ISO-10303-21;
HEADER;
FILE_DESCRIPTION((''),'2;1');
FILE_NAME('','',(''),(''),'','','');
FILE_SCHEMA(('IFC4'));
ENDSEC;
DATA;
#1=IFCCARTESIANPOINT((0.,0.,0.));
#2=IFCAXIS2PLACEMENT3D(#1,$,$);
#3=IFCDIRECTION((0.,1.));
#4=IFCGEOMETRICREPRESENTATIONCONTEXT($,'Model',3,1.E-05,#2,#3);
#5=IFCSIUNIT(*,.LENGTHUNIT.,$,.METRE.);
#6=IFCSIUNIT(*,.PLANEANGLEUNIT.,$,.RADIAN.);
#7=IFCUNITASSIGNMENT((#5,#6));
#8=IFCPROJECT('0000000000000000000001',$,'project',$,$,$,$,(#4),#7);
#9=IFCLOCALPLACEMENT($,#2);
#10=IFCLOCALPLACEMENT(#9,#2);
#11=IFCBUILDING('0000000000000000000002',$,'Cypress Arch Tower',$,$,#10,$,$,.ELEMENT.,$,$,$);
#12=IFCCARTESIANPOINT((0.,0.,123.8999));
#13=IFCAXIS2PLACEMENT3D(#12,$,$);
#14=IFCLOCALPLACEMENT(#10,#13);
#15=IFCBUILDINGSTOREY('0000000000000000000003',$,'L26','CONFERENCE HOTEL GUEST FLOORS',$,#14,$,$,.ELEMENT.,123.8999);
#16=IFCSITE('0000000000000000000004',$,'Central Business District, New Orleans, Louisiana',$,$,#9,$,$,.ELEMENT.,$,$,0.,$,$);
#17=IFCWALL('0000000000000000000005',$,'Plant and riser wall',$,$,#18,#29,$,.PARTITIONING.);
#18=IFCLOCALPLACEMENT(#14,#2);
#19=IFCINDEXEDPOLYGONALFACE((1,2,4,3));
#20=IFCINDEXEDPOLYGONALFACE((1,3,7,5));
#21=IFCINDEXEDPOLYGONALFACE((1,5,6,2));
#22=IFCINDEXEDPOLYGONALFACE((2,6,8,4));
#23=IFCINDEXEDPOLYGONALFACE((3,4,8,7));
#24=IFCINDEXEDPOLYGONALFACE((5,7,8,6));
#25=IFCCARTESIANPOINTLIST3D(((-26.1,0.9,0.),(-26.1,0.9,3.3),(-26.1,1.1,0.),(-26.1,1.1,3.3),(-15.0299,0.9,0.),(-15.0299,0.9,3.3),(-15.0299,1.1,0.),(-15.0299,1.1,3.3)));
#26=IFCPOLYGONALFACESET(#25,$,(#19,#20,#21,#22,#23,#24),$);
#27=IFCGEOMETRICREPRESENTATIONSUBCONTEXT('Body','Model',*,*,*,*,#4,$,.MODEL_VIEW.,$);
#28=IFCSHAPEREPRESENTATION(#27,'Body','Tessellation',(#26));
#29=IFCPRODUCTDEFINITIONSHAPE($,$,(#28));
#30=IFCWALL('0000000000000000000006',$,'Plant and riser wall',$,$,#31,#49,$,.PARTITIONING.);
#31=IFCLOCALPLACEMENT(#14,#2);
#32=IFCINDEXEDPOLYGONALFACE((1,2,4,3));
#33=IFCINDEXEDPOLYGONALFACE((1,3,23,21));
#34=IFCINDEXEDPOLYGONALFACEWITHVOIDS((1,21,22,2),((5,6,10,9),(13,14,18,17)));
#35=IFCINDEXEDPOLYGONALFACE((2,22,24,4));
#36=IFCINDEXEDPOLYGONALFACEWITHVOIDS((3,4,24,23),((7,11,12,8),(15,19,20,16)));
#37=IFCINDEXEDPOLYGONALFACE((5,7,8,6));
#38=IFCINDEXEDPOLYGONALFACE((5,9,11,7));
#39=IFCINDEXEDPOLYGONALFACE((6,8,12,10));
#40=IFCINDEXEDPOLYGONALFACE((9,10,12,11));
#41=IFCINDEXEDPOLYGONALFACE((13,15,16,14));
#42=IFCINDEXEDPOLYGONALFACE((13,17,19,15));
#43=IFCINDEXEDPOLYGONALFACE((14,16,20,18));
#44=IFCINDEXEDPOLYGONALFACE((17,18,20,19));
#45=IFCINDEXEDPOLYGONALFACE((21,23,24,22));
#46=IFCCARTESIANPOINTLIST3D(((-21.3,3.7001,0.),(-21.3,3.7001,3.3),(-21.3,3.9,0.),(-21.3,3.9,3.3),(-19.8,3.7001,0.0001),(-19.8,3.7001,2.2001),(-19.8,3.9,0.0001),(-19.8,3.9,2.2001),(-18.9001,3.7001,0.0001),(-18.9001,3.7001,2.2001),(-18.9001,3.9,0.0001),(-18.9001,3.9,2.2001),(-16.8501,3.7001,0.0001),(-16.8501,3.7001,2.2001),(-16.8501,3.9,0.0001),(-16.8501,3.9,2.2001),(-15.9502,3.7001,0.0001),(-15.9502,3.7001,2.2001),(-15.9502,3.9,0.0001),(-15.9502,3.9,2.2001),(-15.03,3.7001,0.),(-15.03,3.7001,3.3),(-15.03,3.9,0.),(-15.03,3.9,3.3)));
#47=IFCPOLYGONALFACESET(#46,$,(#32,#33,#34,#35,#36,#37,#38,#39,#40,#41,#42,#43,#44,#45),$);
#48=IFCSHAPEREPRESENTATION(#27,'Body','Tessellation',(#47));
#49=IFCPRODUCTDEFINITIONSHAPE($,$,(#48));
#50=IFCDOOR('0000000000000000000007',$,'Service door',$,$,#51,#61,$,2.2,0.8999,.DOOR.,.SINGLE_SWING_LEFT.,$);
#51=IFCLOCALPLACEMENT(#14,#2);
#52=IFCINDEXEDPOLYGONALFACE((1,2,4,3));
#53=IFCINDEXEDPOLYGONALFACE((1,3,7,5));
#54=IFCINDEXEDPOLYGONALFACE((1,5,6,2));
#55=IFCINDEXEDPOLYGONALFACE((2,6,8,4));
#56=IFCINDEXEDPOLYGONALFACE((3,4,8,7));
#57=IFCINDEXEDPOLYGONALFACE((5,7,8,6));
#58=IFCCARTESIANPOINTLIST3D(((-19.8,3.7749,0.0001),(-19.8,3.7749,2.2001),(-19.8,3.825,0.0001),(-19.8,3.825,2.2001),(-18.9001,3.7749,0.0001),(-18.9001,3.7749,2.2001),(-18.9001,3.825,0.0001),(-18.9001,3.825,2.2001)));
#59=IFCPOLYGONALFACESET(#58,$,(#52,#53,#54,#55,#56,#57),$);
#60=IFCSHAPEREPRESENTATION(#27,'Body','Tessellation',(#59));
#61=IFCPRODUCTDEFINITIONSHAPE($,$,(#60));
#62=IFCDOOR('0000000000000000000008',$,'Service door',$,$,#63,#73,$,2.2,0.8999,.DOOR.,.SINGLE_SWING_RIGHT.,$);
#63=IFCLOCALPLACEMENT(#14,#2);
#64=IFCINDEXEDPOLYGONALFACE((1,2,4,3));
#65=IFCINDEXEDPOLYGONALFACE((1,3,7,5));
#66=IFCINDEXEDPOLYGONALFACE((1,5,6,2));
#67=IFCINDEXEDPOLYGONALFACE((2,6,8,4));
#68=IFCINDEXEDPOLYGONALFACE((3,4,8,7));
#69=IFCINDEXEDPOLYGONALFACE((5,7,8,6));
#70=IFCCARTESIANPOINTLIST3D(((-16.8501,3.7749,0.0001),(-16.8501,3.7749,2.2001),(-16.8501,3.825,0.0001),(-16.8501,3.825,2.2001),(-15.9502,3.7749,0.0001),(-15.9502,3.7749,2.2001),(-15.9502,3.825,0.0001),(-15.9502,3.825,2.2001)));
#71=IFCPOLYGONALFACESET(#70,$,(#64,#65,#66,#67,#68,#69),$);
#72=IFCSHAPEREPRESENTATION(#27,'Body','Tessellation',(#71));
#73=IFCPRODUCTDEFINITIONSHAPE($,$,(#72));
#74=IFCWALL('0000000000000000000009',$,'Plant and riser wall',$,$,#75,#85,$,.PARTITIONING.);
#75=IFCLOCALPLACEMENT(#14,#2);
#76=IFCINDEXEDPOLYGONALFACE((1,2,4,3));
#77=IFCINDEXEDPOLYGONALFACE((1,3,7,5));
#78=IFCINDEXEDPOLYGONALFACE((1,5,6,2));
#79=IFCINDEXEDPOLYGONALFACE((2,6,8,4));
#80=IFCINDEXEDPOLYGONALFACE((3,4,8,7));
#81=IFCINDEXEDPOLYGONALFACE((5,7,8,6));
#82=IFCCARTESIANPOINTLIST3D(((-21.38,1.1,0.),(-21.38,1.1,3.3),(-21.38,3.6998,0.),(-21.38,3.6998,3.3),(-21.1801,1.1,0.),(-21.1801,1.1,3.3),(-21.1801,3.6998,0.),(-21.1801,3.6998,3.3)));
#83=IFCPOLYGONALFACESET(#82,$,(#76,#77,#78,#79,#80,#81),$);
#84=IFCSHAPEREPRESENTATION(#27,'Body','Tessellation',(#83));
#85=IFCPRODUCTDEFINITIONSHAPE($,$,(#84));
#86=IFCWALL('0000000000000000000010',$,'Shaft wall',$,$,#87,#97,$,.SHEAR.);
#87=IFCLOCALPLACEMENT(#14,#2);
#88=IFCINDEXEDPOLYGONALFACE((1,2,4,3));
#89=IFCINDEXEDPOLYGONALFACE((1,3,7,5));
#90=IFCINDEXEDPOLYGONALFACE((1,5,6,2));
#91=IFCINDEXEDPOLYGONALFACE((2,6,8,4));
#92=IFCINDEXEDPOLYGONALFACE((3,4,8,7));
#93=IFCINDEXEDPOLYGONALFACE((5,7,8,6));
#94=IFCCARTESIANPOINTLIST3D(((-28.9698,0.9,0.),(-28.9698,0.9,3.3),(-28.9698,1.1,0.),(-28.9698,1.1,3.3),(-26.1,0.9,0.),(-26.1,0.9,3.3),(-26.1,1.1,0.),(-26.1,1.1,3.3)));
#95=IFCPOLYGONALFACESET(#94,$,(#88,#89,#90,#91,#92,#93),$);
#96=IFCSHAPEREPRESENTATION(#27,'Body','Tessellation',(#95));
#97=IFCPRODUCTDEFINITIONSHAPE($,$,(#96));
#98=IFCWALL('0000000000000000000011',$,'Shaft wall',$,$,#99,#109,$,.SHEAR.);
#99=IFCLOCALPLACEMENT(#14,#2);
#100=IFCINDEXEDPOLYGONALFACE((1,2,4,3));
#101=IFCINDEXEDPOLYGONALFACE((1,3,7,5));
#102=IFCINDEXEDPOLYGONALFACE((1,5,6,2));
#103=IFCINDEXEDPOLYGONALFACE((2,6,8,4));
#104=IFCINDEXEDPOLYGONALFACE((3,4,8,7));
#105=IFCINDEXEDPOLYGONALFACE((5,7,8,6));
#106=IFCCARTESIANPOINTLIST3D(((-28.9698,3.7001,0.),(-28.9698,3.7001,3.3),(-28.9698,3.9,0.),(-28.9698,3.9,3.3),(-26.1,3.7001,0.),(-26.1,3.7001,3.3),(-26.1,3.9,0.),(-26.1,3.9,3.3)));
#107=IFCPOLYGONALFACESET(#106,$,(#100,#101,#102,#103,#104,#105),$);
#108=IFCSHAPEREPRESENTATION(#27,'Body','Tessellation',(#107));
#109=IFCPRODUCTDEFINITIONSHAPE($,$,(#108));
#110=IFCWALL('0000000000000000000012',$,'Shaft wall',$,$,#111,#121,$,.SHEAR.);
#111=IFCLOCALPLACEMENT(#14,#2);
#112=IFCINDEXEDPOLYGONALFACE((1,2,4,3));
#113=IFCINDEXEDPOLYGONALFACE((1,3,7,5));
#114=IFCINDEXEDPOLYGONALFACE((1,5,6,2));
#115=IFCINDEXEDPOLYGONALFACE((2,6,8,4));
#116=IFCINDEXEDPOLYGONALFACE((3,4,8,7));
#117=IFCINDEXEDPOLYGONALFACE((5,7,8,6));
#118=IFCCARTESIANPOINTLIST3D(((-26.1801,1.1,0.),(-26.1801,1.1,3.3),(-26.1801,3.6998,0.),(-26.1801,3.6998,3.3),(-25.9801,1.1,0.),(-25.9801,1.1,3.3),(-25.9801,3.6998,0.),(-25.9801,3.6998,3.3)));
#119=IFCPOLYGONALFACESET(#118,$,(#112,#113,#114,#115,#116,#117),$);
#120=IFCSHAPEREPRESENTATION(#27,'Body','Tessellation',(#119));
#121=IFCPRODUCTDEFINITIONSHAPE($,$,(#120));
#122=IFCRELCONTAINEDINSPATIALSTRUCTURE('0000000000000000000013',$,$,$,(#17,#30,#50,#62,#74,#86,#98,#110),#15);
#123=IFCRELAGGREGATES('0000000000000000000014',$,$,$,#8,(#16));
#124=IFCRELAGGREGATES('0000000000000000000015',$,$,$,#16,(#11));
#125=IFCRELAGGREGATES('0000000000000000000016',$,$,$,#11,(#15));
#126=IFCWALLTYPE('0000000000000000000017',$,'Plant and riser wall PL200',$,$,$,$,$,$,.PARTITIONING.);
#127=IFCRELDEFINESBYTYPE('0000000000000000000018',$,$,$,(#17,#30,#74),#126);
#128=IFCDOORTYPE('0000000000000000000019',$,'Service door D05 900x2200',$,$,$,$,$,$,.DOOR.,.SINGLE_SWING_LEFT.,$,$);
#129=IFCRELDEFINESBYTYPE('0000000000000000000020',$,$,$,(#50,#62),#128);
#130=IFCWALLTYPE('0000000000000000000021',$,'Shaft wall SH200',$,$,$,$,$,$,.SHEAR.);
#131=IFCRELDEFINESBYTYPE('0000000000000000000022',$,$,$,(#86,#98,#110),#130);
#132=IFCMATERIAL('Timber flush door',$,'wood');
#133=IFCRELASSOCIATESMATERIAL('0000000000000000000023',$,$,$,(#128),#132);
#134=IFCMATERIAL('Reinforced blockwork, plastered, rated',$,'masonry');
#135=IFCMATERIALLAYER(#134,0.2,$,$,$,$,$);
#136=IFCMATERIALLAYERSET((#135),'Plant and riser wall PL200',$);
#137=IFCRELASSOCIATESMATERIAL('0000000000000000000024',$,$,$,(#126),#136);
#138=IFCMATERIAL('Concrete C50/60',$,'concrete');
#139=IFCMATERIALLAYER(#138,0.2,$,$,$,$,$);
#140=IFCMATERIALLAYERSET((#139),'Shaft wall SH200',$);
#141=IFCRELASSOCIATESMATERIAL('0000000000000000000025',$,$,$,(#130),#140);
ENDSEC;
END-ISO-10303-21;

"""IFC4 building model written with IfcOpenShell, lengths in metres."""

from ifc_helpers import new_model, si_unit, direction, frame, frame_2d, origin, place, context, subcontext, project, spatial, rectangle, extrude, material, layer, layer_set, type_object, element, fill, save


model = new_model("IFC4")

# Units and contexts
model_context = context("Model", 3, precision=1e-05, world=origin(), true_north=direction((0.0, 1.0)))
body_context = subcontext(model_context, "Body", "Model", "MODEL_VIEW")
ifc_project = project(units=[si_unit("LENGTHUNIT", "METRE"), si_unit("PLANEANGLEUNIT", "RADIAN")], contexts=[model_context])

# Site, building, storey
site_placement = place(None, origin())
site = spatial("IfcSite", under=ifc_project, at=site_placement, Name="Central Business District, New Orleans, Louisiana", CompositionType="ELEMENT", RefElevation=0.0)
building_placement = place(site_placement, origin())
building = spatial("IfcBuilding", under=site, at=building_placement, Name="Cypress Arch Tower", CompositionType="ELEMENT")
storey_placement = place(building_placement, frame((0.0, 0.0, 123.8999)))
storey = spatial("IfcBuildingStorey", under=building, at=storey_placement, Name="L26", Description="CONFERENCE HOTEL GUEST FLOORS", CompositionType="ELEMENT", Elevation=123.8999)

# Shared definitions
ifc_material_1 = material(Name="Timber flush door", Category="wood")
door_type = type_object("IfcDoorType", Name="Service door D05 900x2200", OperationType="SINGLE_SWING_LEFT", PredefinedType="DOOR", material=ifc_material_1)

# Shared definitions
ifc_material_2 = material(Name="Reinforced blockwork, plastered, rated", Category="masonry")
ifc_layer_1 = layer(ifc_material_2, 0.2)
ifc_layer_set_1 = layer_set([ifc_layer_1], Name="Plant and riser wall PL200")
wall_type_1 = type_object("IfcWallType", Name="Plant and riser wall PL200", PredefinedType="PARTITIONING", material=ifc_layer_set_1)

# Wall
wall_1_placement = place(storey_placement, frame((-26.1001, 1.0, 0.0), z_axis=(0.0, 0.0, 1.0), x_axis=(1.0, 0.0, 0.0)))
element("IfcWall", 1, at=wall_1_placement, inside=storey, type_object=wall_type_1, Name="Plant and riser wall", PredefinedType="PARTITIONING", context=body_context, shape_type="SweptSolid", body=[
    extrude(rectangle(XDim=11.0701, YDim=0.2, at=frame_2d((5.5352, 0.0))), origin(), (0.0, 0.0, 1.0), 3.3),
])

# Wall, openings, doors
wall_2_placement = place(storey_placement, frame((-21.3, 3.8, 0.0), z_axis=(0.0, 0.0, 1.0), x_axis=(1.0, 0.0, 0.0)))
wall_2 = element("IfcWall", 2, at=wall_2_placement, inside=storey, type_object=wall_type_1, Name="Plant and riser wall", PredefinedType="PARTITIONING", context=body_context, shape_type="SweptSolid", body=[
    extrude(rectangle(XDim=6.27, YDim=0.2, at=frame_2d((3.135, 0.0))), origin(), (0.0, 0.0, 1.0), 3.3),
])
opening_1_placement = place(wall_2_placement, frame((1.5, 0.0, 0.0)))
opening_1 = element("IfcOpeningElement", 3, at=opening_1_placement, cuts=wall_2, PredefinedType="OPENING", context=body_context, shape_type="SweptSolid", body=[
    extrude(rectangle(XDim=0.8999, YDim=2.2, at=frame_2d((0.45, 1.1001))), frame((0.0, 0.1099, 0.0), z_axis=(0.0, -1.0, 0.0), x_axis=(1.0, 0.0, 0.0)), (0.0, 0.0, 1.0), 0.22),
])
opening_2_placement = place(wall_2_placement, frame((4.45, 0.0, 0.0)))
opening_2 = element("IfcOpeningElement", 4, at=opening_2_placement, cuts=wall_2, PredefinedType="OPENING", context=body_context, shape_type="SweptSolid", body=[
    extrude(rectangle(XDim=0.8999, YDim=2.2, at=frame_2d((0.45, 1.1001))), frame((0.0, 0.1099, 0.0), z_axis=(0.0, -1.0, 0.0), x_axis=(1.0, 0.0, 0.0)), (0.0, 0.0, 1.0), 0.22),
])
door_1_placement = place(opening_1_placement, origin())
door_1 = element("IfcDoor", 5, at=door_1_placement, inside=storey, type_object=door_type, Name="Service door", OperationType="SINGLE_SWING_LEFT", OverallHeight=2.2, OverallWidth=0.8999, PredefinedType="DOOR", context=body_context, shape_type="SweptSolid", body=[
    extrude(rectangle(XDim=0.8999, YDim=2.2, at=frame_2d((0.45, 1.1001))), frame((0.0, 0.0249, 0.0), z_axis=(0.0, -1.0, 0.0), x_axis=(1.0, 0.0, 0.0)), (0.0, 0.0, 1.0), 0.05),
])
fill(opening_1, door_1)
door_2_placement = place(opening_2_placement, origin())
door_2 = element("IfcDoor", 6, at=door_2_placement, inside=storey, type_object=door_type, Name="Service door", OperationType="SINGLE_SWING_RIGHT", OverallHeight=2.2, OverallWidth=0.8999, PredefinedType="DOOR", context=body_context, shape_type="SweptSolid", body=[
    extrude(rectangle(XDim=0.8999, YDim=2.2, at=frame_2d((0.45, 1.1001))), frame((0.0, 0.0249, 0.0), z_axis=(0.0, -1.0, 0.0), x_axis=(1.0, 0.0, 0.0)), (0.0, 0.0, 1.0), 0.05),
])
fill(opening_2, door_2)

# Walls
wall_3_placement = place(storey_placement, frame((-21.28, 1.1001, 0.0), z_axis=(0.0, 0.0, 1.0), x_axis=(0.0, 1.0, 0.0)))
element("IfcWall", 7, at=wall_3_placement, inside=storey, type_object=wall_type_1, Name="Plant and riser wall", PredefinedType="PARTITIONING", context=body_context, shape_type="SweptSolid", body=[
    extrude(rectangle(XDim=2.5999, YDim=0.2, at=frame_2d((1.2998, 0.0))), origin(), (0.0, 0.0, 1.0), 3.3),
])
ifc_material_3 = material(Name="Concrete C50/60", Category="concrete")
ifc_layer_2 = layer(ifc_material_3, 0.2)
ifc_layer_set_2 = layer_set([ifc_layer_2], Name="Shaft wall SH200")
wall_type_2 = type_object("IfcWallType", Name="Shaft wall SH200", PredefinedType="SHEAR", material=ifc_layer_set_2)
for number, where, z_axis, x_axis, name in (
    (8, (-28.97, 1.0, 0.0), (0.0, 0.0, 1.0), (1.0, 0.0, 0.0), "Shaft wall"),
    (9, (-28.97, 3.8, 0.0), (0.0, 0.0, 1.0), (1.0, 0.0, 0.0), "Shaft wall"),
):
    element("IfcWall", number, at=place(storey_placement, frame(where, z_axis=z_axis, x_axis=x_axis)), inside=storey, type_object=wall_type_2, Name=name, PredefinedType="SHEAR", context=body_context, shape_type="SweptSolid", body=[
        extrude(rectangle(XDim=2.8699, YDim=0.2, at=frame_2d((1.4351, 0.0))), origin(), (0.0, 0.0, 1.0), 3.3),
    ])
wall_4_placement = place(storey_placement, frame((-26.0801, 1.1001, 0.0), z_axis=(0.0, 0.0, 1.0), x_axis=(0.0, 1.0, 0.0)))
element("IfcWall", 10, at=wall_4_placement, inside=storey, type_object=wall_type_2, Name="Shaft wall", PredefinedType="SHEAR", context=body_context, shape_type="SweptSolid", body=[
    extrude(rectangle(XDim=2.5999, YDim=0.2, at=frame_2d((1.2998, 0.0))), origin(), (0.0, 0.0, 1.0), 3.3),
])

save(model, "model.ifc")
